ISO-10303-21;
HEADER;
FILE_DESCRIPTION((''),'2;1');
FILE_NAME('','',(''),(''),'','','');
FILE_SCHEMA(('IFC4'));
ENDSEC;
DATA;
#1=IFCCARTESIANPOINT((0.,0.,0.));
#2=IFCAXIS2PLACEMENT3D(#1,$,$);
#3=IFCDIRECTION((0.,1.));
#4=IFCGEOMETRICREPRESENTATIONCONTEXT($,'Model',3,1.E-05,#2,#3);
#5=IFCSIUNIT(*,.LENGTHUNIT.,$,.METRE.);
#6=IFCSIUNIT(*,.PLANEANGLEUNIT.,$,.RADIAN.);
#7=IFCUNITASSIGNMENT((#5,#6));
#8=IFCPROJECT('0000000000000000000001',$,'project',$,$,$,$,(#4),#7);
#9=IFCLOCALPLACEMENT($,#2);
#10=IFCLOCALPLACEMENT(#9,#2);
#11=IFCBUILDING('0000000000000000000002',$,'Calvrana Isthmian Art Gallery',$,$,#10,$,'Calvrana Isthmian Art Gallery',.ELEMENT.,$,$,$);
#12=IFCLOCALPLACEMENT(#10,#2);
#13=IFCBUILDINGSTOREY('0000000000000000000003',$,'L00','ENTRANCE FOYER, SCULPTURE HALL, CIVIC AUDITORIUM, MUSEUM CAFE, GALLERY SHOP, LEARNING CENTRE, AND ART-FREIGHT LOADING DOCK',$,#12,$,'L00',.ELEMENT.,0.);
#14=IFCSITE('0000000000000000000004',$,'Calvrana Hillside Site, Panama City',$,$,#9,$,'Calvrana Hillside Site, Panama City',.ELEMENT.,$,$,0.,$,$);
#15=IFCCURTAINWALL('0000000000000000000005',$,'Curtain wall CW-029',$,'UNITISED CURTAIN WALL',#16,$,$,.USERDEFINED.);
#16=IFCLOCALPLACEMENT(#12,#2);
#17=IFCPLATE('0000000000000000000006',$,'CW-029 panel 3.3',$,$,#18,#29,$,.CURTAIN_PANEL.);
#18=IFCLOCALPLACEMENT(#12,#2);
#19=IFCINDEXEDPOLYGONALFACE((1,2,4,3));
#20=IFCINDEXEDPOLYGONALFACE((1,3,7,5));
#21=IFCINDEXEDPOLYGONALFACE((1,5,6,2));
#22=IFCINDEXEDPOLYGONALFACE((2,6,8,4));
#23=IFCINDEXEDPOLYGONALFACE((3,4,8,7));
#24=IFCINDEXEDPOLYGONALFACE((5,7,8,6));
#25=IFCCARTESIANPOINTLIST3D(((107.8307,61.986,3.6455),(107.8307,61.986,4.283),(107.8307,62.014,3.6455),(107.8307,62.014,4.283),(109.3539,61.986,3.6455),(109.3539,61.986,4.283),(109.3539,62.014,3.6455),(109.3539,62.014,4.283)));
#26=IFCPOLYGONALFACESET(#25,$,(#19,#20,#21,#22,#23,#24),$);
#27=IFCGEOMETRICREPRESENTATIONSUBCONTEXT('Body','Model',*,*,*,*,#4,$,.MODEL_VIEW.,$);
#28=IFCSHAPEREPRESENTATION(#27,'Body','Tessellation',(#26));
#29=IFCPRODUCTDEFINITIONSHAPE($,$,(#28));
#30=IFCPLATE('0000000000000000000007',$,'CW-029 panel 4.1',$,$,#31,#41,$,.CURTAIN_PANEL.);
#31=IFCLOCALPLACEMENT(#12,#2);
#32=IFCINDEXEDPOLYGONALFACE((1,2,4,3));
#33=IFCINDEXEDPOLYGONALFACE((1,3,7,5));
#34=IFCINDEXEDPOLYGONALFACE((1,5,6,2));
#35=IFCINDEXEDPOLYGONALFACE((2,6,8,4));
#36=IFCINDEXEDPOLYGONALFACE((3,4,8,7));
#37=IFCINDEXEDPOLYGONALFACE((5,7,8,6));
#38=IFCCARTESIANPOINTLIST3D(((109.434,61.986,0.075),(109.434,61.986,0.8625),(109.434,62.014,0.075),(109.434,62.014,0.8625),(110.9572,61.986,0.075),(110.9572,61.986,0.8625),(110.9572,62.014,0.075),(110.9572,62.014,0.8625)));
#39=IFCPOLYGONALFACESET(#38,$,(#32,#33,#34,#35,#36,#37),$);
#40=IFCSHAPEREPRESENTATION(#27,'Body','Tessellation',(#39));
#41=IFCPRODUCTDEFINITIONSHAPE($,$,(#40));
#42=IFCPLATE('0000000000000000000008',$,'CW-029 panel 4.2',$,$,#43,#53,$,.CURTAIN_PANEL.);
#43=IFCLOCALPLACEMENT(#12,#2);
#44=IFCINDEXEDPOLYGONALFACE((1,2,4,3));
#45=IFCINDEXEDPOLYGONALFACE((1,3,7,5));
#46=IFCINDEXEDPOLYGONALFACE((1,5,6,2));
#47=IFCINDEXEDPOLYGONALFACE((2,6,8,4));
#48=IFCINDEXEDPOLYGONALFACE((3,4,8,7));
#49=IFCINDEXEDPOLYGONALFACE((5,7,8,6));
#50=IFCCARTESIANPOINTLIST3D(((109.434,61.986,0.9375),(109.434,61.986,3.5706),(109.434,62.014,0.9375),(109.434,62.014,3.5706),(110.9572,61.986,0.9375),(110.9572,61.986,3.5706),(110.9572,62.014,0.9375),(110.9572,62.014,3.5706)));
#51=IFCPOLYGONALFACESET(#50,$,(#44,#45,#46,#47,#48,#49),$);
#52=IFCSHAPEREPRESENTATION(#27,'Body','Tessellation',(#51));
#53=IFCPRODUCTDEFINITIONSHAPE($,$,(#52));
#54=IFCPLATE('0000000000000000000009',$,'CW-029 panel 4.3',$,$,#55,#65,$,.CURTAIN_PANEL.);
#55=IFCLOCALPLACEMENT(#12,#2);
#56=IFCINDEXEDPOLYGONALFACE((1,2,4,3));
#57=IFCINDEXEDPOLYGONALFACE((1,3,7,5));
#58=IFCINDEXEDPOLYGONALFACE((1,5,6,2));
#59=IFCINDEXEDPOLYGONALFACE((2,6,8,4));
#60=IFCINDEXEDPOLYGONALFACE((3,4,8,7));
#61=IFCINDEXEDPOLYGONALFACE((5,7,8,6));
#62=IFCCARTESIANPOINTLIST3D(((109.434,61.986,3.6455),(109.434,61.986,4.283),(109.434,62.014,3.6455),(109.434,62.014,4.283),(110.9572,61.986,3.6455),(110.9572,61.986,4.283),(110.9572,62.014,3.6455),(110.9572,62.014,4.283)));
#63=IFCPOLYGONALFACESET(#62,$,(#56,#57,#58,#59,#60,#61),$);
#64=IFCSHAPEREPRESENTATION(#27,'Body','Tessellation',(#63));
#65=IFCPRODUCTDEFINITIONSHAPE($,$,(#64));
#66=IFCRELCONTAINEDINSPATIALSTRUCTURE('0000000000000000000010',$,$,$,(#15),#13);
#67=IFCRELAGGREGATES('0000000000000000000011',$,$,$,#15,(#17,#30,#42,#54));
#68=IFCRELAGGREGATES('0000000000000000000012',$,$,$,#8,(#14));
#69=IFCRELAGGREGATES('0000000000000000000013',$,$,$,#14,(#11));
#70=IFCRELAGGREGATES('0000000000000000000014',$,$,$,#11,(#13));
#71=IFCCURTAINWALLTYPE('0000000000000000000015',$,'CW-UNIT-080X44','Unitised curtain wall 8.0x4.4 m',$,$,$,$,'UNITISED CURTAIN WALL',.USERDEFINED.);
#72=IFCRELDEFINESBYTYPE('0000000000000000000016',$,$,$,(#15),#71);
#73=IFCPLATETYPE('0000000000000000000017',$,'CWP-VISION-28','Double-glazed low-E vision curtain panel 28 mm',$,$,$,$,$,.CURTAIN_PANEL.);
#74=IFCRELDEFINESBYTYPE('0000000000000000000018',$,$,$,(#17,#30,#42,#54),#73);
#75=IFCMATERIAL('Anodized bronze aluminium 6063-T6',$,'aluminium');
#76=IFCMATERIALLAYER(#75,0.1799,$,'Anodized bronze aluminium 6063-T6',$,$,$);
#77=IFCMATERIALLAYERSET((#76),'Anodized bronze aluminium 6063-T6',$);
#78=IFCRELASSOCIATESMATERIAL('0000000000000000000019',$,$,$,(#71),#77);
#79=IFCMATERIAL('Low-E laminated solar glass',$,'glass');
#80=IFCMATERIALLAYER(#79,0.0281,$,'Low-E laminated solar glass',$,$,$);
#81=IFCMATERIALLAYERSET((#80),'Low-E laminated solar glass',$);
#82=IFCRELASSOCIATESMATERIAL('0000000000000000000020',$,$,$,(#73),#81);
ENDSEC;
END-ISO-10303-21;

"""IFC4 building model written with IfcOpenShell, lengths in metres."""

from ifc_helpers import new_model, si_unit, direction, frame, origin, origin_2d, place, context, subcontext, project, spatial, rectangle, extrude, material, layer, layer_set, type_object, element, aggregate, save


model = new_model("IFC4")

# Units and contexts
model_context = context("Model", 3, precision=1e-05, world=origin(), true_north=direction((0.0, 1.0)))
body_context = subcontext(model_context, "Body", "Model", "MODEL_VIEW")
ifc_project = project(units=[si_unit("LENGTHUNIT", "METRE"), si_unit("PLANEANGLEUNIT", "RADIAN")], contexts=[model_context])

# Site, building, storey
site_placement = place(None, origin())
site = spatial("IfcSite", under=ifc_project, at=site_placement, Name="Calvrana Hillside Site, Panama City", LongName="Calvrana Hillside Site, Panama City", CompositionType="ELEMENT", RefElevation=0.0)
building_placement = place(site_placement, origin())
building = spatial("IfcBuilding", under=site, at=building_placement, Name="Calvrana Isthmian Art Gallery", LongName="Calvrana Isthmian Art Gallery", CompositionType="ELEMENT")
storey_placement = place(building_placement, origin())
storey = spatial("IfcBuildingStorey", under=building, at=storey_placement, Name="L00", Description="ENTRANCE FOYER, SCULPTURE HALL, CIVIC AUDITORIUM, MUSEUM CAFE, GALLERY SHOP, LEARNING CENTRE, AND ART-FREIGHT LOADING DOCK", LongName="L00", CompositionType="ELEMENT", Elevation=0.0)

# Curtain wall, plates
ifc_material_1 = material(Name="Anodized bronze aluminium 6063-T6", Category="aluminium")
ifc_layer_1 = layer(ifc_material_1, 0.1799, Name="Anodized bronze aluminium 6063-T6")
ifc_layer_set_1 = layer_set([ifc_layer_1], Name="Anodized bronze aluminium 6063-T6")
curtain_wall_type = type_object("IfcCurtainWallType", Name="CW-UNIT-080X44", Description="Unitised curtain wall 8.0x4.4 m", ElementType="UNITISED CURTAIN WALL", PredefinedType="USERDEFINED", material=ifc_layer_set_1)
curtain_wall_placement = place(storey_placement, origin())
curtain_wall = element("IfcCurtainWall", 1, at=curtain_wall_placement, inside=storey, type_object=curtain_wall_type, Name="Curtain wall CW-029", ObjectType="UNITISED CURTAIN WALL", PredefinedType="USERDEFINED")
ifc_material_2 = material(Name="Low-E laminated solar glass", Category="glass")
ifc_layer_2 = layer(ifc_material_2, 0.0281, Name="Low-E laminated solar glass")
ifc_layer_set_2 = layer_set([ifc_layer_2], Name="Low-E laminated solar glass")
plate_type = type_object("IfcPlateType", Name="CWP-VISION-28", Description="Double-glazed low-E vision curtain panel 28 mm", PredefinedType="CURTAIN_PANEL", material=ifc_layer_set_2)
plate_1_placement = place(storey_placement, frame((108.5923, 62.0, 3.6455), z_axis=(0.0, 0.0, 1.0), x_axis=(1.0, 0.0, 0.0)))
plate_1 = element("IfcPlate", 2, at=plate_1_placement, type_object=plate_type, Name="CW-029 panel 3.3", PredefinedType="CURTAIN_PANEL", context=body_context, shape_type="SweptSolid", body=[
    extrude(rectangle(XDim=1.5232, YDim=0.0281, at=origin_2d()), origin(), (0.0, 0.0, 1.0), 0.6375),
])
plate_2_placement = place(storey_placement, frame((110.1956, 62.0, 0.075), z_axis=(0.0, 0.0, 1.0), x_axis=(1.0, 0.0, 0.0)))
plate_2 = element("IfcPlate", 3, at=plate_2_placement, type_object=plate_type, Name="CW-029 panel 4.1", PredefinedType="CURTAIN_PANEL", context=body_context, shape_type="SweptSolid", body=[
    extrude(rectangle(XDim=1.5232, YDim=0.0281, at=origin_2d()), origin(), (0.0, 0.0, 1.0), 0.7876),
])
plate_3_placement = place(storey_placement, frame((110.1956, 62.0, 0.9375), z_axis=(0.0, 0.0, 1.0), x_axis=(1.0, 0.0, 0.0)))
plate_3 = element("IfcPlate", 4, at=plate_3_placement, type_object=plate_type, Name="CW-029 panel 4.2", PredefinedType="CURTAIN_PANEL", context=body_context, shape_type="SweptSolid", body=[
    extrude(rectangle(XDim=1.5232, YDim=0.0281, at=origin_2d()), origin(), (0.0, 0.0, 1.0), 2.6331),
])
plate_4_placement = place(storey_placement, frame((110.1956, 62.0, 3.6455), z_axis=(0.0, 0.0, 1.0), x_axis=(1.0, 0.0, 0.0)))
plate_4 = element("IfcPlate", 5, at=plate_4_placement, type_object=plate_type, Name="CW-029 panel 4.3", PredefinedType="CURTAIN_PANEL", context=body_context, shape_type="SweptSolid", body=[
    extrude(rectangle(XDim=1.5232, YDim=0.0281, at=origin_2d()), origin(), (0.0, 0.0, 1.0), 0.6375),
])
aggregate(curtain_wall, [plate_1, plate_2, plate_3, plate_4])

save(model, "model.ifc")
